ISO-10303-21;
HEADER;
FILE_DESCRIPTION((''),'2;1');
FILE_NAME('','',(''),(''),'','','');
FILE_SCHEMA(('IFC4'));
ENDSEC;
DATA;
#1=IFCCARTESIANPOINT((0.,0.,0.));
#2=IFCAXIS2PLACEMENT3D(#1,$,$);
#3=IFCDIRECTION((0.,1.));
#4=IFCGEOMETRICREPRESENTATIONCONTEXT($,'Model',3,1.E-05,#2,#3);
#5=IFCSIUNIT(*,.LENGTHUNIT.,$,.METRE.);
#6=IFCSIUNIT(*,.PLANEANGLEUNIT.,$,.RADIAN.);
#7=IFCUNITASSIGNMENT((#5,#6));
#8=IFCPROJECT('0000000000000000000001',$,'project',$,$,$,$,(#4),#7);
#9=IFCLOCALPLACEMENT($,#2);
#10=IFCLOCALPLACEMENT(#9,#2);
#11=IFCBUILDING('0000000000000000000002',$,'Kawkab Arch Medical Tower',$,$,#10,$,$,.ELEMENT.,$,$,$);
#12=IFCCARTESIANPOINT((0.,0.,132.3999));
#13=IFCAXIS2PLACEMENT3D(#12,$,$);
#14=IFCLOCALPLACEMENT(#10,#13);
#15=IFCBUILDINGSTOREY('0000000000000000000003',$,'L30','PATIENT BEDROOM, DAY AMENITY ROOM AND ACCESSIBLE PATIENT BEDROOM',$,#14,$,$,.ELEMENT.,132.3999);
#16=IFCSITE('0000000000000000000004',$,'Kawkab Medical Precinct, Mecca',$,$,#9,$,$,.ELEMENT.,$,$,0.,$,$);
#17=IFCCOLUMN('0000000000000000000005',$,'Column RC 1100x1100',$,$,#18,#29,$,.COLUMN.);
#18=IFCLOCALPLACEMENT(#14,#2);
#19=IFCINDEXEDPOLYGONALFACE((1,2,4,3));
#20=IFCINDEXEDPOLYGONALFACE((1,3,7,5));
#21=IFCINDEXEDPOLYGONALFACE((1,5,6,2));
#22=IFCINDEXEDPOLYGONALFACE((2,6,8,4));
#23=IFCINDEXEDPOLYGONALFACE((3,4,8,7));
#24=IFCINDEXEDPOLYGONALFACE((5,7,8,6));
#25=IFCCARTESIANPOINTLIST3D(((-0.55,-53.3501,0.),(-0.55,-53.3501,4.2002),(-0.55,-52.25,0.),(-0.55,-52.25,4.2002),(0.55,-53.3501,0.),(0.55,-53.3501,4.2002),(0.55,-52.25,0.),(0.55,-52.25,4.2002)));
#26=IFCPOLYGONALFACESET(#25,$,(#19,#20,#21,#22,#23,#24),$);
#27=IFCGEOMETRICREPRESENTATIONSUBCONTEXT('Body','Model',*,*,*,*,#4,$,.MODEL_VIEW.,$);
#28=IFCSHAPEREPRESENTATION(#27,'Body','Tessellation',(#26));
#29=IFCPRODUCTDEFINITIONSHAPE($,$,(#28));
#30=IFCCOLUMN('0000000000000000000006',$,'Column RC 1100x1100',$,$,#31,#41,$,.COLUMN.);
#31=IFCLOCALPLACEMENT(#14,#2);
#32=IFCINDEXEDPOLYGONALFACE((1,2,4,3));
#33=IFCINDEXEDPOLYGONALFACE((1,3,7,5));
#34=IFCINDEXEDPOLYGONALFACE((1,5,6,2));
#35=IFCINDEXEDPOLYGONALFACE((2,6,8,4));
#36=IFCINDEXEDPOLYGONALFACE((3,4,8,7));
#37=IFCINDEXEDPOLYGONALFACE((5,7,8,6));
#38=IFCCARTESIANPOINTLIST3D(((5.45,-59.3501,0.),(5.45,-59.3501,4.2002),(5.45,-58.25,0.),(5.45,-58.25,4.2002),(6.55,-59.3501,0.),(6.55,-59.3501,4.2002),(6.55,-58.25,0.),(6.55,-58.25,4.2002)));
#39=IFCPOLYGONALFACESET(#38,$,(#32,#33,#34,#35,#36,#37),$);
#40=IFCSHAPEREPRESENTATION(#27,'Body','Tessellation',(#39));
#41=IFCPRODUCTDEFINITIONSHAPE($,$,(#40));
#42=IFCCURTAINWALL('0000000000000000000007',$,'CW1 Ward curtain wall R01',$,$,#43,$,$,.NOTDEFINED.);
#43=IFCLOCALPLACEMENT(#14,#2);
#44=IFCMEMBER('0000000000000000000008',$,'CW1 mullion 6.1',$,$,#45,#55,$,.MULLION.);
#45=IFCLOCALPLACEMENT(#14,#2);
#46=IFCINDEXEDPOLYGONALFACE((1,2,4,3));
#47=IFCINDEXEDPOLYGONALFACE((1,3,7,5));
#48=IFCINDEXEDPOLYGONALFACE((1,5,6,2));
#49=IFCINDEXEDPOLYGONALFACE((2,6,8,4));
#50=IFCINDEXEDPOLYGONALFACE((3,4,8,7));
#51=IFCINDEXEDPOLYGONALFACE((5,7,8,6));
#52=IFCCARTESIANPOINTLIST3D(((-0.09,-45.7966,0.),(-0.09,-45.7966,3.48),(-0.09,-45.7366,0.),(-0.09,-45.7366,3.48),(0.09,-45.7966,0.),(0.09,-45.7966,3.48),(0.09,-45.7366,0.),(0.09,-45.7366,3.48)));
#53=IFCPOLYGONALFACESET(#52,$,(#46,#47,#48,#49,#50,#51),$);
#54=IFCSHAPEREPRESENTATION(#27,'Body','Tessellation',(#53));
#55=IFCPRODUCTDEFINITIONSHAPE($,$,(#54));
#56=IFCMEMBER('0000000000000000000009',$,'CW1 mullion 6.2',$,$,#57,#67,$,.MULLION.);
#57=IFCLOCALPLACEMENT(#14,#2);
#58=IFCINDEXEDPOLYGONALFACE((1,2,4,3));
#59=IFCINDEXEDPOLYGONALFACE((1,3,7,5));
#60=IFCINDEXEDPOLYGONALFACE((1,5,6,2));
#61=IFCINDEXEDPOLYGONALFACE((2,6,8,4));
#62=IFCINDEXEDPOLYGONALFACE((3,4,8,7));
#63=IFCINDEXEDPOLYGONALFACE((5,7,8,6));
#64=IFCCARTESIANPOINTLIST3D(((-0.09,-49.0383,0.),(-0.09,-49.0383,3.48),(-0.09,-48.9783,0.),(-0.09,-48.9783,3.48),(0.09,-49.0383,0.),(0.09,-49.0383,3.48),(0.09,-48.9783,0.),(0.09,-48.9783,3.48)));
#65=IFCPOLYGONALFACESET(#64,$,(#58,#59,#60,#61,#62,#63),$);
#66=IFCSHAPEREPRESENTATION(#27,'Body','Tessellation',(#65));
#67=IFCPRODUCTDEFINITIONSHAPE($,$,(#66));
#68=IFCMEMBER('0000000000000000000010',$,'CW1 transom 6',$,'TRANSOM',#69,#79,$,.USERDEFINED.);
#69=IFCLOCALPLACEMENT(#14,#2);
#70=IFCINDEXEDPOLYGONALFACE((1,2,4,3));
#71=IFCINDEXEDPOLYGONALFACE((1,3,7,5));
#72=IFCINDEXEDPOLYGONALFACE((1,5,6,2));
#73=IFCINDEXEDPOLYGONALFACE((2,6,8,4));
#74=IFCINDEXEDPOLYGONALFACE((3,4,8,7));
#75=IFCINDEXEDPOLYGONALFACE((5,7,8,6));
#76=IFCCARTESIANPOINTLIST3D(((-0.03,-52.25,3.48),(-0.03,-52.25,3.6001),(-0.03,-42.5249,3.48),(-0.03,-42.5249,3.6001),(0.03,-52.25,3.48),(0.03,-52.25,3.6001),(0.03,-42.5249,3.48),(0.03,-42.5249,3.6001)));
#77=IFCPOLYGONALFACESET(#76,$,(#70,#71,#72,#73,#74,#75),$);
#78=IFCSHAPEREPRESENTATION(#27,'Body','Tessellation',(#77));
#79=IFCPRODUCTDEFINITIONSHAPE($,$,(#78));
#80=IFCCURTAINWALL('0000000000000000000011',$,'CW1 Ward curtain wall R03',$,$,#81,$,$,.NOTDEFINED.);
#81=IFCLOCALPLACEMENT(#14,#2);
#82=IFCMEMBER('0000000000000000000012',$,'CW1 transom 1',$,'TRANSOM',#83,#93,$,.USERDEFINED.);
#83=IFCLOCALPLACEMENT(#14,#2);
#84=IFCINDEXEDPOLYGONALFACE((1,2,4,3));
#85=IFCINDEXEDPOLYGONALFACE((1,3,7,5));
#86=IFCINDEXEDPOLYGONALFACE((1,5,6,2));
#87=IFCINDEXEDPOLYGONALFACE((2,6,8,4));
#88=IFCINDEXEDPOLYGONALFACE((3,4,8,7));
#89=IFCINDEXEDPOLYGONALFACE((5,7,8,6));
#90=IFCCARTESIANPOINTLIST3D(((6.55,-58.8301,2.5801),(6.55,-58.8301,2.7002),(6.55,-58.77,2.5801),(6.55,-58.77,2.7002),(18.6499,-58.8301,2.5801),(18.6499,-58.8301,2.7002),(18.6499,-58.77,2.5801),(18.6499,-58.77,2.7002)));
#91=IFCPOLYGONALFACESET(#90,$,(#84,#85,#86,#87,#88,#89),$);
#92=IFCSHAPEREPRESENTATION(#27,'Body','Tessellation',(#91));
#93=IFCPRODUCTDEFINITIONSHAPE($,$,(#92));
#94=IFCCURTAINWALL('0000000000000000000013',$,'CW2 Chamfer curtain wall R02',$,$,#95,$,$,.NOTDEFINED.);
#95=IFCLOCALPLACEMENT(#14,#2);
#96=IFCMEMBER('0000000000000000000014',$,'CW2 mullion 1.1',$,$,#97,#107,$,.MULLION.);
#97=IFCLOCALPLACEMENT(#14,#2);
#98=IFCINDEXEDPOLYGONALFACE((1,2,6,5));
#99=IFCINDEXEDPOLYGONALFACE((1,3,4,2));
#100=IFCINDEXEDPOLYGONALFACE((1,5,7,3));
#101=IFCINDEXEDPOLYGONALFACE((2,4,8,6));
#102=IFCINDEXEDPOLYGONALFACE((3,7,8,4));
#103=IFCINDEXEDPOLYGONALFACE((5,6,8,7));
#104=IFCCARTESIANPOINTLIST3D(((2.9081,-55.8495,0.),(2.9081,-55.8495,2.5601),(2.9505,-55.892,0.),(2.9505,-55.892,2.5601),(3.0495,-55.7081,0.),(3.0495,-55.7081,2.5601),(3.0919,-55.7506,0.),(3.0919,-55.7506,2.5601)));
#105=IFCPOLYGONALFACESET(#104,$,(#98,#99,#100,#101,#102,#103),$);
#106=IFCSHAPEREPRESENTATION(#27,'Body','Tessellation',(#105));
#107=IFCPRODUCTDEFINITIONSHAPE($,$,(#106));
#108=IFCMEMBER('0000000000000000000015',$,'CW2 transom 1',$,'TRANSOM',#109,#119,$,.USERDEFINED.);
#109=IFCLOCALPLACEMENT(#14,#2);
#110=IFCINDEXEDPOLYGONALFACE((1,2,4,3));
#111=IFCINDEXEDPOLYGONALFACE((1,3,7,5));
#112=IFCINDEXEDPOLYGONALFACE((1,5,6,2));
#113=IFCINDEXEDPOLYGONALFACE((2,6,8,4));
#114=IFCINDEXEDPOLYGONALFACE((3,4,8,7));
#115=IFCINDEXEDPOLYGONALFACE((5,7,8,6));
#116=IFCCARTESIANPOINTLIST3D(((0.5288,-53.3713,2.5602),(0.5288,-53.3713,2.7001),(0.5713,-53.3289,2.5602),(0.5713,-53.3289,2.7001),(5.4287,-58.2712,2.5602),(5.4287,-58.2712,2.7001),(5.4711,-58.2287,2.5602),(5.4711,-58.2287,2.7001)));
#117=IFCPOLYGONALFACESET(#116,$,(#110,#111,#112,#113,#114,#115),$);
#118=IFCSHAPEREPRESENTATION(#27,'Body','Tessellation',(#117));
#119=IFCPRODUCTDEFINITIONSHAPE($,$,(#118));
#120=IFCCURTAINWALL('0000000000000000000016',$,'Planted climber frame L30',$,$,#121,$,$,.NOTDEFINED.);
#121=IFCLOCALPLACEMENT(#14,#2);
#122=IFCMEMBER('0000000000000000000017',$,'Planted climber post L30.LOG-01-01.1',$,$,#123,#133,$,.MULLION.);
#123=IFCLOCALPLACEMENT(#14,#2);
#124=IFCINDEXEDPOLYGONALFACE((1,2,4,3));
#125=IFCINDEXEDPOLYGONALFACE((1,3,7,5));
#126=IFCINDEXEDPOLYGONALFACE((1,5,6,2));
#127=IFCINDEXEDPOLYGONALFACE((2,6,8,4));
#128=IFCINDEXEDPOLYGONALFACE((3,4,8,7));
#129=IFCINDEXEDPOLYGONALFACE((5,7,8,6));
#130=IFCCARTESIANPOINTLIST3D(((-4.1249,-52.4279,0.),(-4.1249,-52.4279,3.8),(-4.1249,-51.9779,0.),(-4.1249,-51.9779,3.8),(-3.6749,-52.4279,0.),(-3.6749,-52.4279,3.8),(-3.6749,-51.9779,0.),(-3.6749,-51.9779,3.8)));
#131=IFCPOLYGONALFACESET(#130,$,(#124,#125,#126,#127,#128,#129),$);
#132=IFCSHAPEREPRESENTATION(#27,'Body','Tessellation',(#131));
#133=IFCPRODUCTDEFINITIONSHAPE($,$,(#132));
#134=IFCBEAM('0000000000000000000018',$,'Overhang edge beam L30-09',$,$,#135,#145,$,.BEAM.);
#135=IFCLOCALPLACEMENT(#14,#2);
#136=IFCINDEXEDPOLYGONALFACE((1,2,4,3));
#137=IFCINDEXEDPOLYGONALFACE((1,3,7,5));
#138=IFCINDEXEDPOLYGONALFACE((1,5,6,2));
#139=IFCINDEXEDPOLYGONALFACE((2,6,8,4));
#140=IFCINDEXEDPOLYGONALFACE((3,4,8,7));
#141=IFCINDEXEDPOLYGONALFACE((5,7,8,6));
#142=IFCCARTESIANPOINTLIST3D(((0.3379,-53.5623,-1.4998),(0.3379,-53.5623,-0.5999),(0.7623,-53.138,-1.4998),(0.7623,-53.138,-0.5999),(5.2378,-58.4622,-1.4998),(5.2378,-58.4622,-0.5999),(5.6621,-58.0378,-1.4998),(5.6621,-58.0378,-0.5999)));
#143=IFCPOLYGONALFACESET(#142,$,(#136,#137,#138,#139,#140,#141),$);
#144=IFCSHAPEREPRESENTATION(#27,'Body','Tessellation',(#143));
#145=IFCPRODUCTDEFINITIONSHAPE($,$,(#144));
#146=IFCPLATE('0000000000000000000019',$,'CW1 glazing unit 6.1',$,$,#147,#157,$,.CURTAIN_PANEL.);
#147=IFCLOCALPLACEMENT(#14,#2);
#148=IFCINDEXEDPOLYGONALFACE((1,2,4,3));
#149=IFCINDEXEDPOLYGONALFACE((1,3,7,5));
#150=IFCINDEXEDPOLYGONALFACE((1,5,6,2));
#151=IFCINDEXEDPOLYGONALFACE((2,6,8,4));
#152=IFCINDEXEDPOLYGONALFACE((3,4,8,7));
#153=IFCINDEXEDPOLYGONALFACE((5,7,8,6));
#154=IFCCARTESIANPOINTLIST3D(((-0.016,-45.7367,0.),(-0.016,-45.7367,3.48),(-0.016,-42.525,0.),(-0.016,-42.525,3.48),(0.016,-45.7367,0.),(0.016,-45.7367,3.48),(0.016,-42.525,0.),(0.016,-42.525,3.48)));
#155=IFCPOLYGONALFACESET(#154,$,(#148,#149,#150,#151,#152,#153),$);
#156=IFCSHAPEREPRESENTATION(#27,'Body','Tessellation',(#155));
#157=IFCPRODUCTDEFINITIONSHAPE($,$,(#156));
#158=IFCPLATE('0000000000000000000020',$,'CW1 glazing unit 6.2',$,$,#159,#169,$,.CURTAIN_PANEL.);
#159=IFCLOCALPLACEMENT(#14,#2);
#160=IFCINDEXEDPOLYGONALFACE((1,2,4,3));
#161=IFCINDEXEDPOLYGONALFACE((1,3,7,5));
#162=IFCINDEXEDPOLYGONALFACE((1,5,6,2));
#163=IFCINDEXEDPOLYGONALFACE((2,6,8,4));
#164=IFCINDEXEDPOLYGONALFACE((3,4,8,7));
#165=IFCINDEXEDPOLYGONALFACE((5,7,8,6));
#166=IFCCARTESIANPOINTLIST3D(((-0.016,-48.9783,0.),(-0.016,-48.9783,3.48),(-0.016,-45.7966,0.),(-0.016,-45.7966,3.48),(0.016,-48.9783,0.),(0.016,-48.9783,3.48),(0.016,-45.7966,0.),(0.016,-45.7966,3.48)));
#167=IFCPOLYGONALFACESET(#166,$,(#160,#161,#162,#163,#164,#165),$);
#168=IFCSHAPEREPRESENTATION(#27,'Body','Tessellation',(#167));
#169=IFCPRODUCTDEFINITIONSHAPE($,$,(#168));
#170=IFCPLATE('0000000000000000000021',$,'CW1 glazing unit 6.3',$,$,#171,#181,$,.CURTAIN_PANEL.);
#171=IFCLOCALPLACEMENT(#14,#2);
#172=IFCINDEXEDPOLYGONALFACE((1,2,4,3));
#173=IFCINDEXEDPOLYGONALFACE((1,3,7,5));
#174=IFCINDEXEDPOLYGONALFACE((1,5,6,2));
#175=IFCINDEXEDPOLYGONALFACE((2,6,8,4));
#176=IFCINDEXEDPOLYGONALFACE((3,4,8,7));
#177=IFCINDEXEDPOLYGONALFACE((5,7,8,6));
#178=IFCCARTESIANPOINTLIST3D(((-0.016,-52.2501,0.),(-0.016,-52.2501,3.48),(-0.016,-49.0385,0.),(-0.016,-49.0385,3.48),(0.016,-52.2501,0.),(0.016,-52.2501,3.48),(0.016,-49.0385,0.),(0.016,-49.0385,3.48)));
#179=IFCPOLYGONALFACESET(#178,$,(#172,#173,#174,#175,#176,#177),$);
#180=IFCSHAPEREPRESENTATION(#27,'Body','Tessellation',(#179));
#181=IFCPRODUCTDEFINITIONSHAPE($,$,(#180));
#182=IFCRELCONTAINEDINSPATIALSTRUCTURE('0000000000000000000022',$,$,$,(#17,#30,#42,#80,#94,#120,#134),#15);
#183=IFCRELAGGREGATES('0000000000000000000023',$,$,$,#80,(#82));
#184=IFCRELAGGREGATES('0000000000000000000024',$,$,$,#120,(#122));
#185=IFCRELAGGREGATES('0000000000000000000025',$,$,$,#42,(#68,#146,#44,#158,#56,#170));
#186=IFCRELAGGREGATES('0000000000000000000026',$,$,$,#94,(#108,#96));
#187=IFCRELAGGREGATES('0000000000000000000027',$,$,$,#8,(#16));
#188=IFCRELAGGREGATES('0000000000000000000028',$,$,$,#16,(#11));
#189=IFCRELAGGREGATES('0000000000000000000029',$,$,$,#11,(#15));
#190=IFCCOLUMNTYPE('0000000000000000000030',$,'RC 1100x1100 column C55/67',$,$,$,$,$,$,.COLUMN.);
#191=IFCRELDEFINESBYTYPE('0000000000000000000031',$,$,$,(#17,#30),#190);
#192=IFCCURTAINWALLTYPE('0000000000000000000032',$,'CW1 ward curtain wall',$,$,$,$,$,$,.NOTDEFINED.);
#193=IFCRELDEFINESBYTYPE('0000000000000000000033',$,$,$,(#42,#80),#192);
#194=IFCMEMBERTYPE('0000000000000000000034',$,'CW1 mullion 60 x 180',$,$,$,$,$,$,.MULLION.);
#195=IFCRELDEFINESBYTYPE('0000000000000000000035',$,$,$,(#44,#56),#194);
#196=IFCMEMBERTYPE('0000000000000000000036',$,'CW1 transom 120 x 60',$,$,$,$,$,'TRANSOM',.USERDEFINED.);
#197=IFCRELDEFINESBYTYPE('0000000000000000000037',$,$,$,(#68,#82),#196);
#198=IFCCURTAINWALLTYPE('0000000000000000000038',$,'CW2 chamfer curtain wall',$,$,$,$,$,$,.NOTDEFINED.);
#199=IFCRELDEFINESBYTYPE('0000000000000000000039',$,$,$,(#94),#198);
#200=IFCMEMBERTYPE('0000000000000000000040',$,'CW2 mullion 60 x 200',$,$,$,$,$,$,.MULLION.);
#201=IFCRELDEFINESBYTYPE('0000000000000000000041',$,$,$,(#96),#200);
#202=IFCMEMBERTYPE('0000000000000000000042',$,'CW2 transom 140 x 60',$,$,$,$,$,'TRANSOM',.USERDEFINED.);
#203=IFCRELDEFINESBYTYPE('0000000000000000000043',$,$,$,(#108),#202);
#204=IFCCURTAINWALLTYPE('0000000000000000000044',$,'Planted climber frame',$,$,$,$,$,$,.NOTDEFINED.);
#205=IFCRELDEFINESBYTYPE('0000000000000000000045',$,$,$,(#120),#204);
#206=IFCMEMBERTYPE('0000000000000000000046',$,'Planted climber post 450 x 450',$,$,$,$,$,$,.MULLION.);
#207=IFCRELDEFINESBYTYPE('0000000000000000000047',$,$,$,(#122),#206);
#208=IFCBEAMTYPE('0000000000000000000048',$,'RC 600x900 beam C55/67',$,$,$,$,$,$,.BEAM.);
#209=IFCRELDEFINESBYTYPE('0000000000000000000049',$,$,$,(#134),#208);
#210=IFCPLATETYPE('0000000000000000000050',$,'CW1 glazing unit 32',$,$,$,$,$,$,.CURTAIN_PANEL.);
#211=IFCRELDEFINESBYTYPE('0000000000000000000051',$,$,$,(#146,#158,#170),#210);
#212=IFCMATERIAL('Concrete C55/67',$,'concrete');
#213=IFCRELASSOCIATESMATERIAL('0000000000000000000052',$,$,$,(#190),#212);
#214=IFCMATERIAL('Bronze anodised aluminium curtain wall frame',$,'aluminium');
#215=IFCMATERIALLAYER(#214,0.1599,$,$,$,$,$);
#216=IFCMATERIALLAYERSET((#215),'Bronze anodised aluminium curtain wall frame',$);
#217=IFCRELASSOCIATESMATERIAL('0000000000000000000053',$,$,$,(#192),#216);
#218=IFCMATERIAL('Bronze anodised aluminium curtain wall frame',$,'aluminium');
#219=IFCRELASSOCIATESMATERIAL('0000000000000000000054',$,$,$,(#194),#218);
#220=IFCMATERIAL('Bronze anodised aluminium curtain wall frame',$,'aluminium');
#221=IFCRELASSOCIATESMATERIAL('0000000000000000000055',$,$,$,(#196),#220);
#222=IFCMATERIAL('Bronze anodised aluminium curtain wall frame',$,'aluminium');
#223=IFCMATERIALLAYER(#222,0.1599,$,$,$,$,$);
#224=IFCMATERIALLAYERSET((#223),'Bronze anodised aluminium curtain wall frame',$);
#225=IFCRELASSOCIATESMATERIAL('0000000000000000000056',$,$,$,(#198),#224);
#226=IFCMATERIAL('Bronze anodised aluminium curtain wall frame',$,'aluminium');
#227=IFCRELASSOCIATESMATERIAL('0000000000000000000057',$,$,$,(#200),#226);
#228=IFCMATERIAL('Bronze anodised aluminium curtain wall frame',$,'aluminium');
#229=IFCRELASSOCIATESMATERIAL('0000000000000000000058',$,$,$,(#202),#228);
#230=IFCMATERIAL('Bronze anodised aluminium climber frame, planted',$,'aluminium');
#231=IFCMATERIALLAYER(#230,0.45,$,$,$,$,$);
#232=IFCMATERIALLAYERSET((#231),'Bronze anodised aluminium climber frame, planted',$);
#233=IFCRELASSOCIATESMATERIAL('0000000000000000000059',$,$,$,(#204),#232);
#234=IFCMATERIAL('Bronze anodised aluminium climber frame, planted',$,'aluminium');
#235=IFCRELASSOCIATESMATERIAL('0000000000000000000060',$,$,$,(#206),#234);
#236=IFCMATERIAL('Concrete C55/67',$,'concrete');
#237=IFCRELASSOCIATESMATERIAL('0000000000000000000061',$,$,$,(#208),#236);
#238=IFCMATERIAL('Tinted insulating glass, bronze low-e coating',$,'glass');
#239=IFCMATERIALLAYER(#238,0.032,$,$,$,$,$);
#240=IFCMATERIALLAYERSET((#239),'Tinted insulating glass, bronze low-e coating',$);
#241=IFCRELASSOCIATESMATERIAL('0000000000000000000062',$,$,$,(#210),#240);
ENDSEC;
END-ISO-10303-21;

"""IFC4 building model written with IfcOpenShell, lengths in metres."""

from ifc_helpers import new_model, si_unit, direction, frame, origin, origin_2d, place, context, subcontext, project, spatial, rectangle, extrude, material, layer, layer_set, material_profile, profile_set, type_object, element, aggregate, save


model = new_model("IFC4")

# Units and contexts
model_context = context("Model", 3, precision=1e-05, world=origin(), true_north=direction((0.0, 1.0)))
body_context = subcontext(model_context, "Body", "Model", "MODEL_VIEW")
ifc_project = project(units=[si_unit("LENGTHUNIT", "METRE"), si_unit("PLANEANGLEUNIT", "RADIAN")], contexts=[model_context])

# Site, building, storey
site_placement = place(None, origin())
site = spatial("IfcSite", under=ifc_project, at=site_placement, Name="Kawkab Medical Precinct, Mecca", CompositionType="ELEMENT", RefElevation=0.0)
building_placement = place(site_placement, origin())
building = spatial("IfcBuilding", under=site, at=building_placement, Name="Kawkab Arch Medical Tower", CompositionType="ELEMENT")
storey_placement = place(building_placement, frame((0.0, 0.0, 132.3999)))
storey = spatial("IfcBuildingStorey", under=building, at=storey_placement, Name="L30", Description="PATIENT BEDROOM, DAY AMENITY ROOM AND ACCESSIBLE PATIENT BEDROOM", CompositionType="ELEMENT", Elevation=132.3999)

# Columns
ifc_material_1 = material(Name="Concrete C55/67", Category="concrete")
ifc_material_profile_1 = material_profile(ifc_material_1, rectangle(XDim=1.1001, YDim=1.1001, at=origin_2d()), Name="RC 1100x1100")
ifc_profile_set_1 = profile_set([ifc_material_profile_1], Name="Concrete C55/67")
column_type = type_object("IfcColumnType", Name="RC 1100x1100 column C55/67", PredefinedType="COLUMN", material=ifc_profile_set_1)
for number, where, z_axis, x_axis, name in (
    (1, (0.0, -52.8, 0.0), (0.0, 0.0, 1.0), (1.0, 0.0, 0.0), "Column RC 1100x1100"),
    (2, (6.0, -58.8, 0.0), (0.0, 0.0, 1.0), (1.0, 0.0, 0.0), "Column RC 1100x1100"),
):
    element("IfcColumn", number, at=place(storey_placement, frame(where, z_axis=z_axis, x_axis=x_axis)), inside=storey, type_object=column_type, Name=name, PredefinedType="COLUMN", context=body_context, shape_type="SweptSolid", body=[
        extrude(rectangle(XDim=1.1001, YDim=1.1001, at=origin_2d()), origin(), (0.0, 0.0, 1.0), 4.2002),
    ])

# Curtain wall, members
ifc_material_2 = material(Name="Bronze anodised aluminium curtain wall frame", Category="aluminium")
ifc_layer_1 = layer(ifc_material_2, 0.1599)
ifc_layer_set_1 = layer_set([ifc_layer_1], Name="Bronze anodised aluminium curtain wall frame")
curtain_wall_type_1 = type_object("IfcCurtainWallType", Name="CW1 ward curtain wall", PredefinedType="NOTDEFINED", material=ifc_layer_set_1)
placement = place(storey_placement, origin())
curtain_wall_1 = element("IfcCurtainWall", 3, at=placement, inside=storey, type_object=curtain_wall_type_1, Name="CW1 Ward curtain wall R01", PredefinedType="NOTDEFINED")
ifc_material_3 = material(Name="Bronze anodised aluminium curtain wall frame", Category="aluminium")
ifc_material_profile_2 = material_profile(ifc_material_3, rectangle(XDim=0.1799, YDim=0.0601, at=origin_2d()), Name="AL 60x180")
ifc_profile_set_2 = profile_set([ifc_material_profile_2], Name="Bronze anodised aluminium curtain wall frame")
member_type_1 = type_object("IfcMemberType", Name="CW1 mullion 60 x 180", PredefinedType="MULLION", material=ifc_profile_set_2)
member_1_placement = place(storey_placement, frame((0.0, -45.7666, 0.0), z_axis=(0.0, 0.0, 1.0), x_axis=(1.0, 0.0, 0.0)))
member_1 = element("IfcMember", 4, at=member_1_placement, type_object=member_type_1, Name="CW1 mullion 6.1", PredefinedType="MULLION", context=body_context, shape_type="SweptSolid", body=[
    extrude(rectangle(XDim=0.1799, YDim=0.0601, at=origin_2d()), origin(), (0.0, 0.0, 1.0), 3.48),
])
member_2_placement = place(storey_placement, frame((0.0, -49.0083, 0.0), z_axis=(0.0, 0.0, 1.0), x_axis=(1.0, 0.0, 0.0)))
member_2 = element("IfcMember", 5, at=member_2_placement, type_object=member_type_1, Name="CW1 mullion 6.2", PredefinedType="MULLION", context=body_context, shape_type="SweptSolid", body=[
    extrude(rectangle(XDim=0.1799, YDim=0.0601, at=origin_2d()), origin(), (0.0, 0.0, 1.0), 3.48),
])
ifc_material_4 = material(Name="Bronze anodised aluminium curtain wall frame", Category="aluminium")
ifc_material_profile_3 = material_profile(ifc_material_4, rectangle(XDim=0.0601, YDim=0.1201, at=origin_2d()), Name="AL 60x120")
ifc_profile_set_3 = profile_set([ifc_material_profile_3], Name="Bronze anodised aluminium curtain wall frame")
member_type_2 = type_object("IfcMemberType", Name="CW1 transom 120 x 60", ElementType="TRANSOM", PredefinedType="USERDEFINED", material=ifc_profile_set_3)
member_3_placement = place(storey_placement, frame((0.0, -42.5249, 3.54), z_axis=(0.0, -1.0, 0.0), x_axis=(1.0, 0.0, 0.0)))
member_3 = element("IfcMember", 6, at=member_3_placement, type_object=member_type_2, Name="CW1 transom 6", ObjectType="TRANSOM", PredefinedType="USERDEFINED", context=body_context, shape_type="SweptSolid", body=[
    extrude(rectangle(XDim=0.0601, YDim=0.1201, at=origin_2d()), origin(), (0.0, 0.0, 1.0), 9.7251),
])

# Curtain wall, member
curtain_wall_2 = element("IfcCurtainWall", 7, at=placement, inside=storey, type_object=curtain_wall_type_1, Name="CW1 Ward curtain wall R03", PredefinedType="NOTDEFINED")
member_4_placement = place(storey_placement, frame((6.55, -58.8, 2.6401), z_axis=(1.0, 0.0, 0.0), x_axis=(0.0, 1.0, 0.0)))
member_4 = element("IfcMember", 8, at=member_4_placement, type_object=member_type_2, Name="CW1 transom 1", ObjectType="TRANSOM", PredefinedType="USERDEFINED", context=body_context, shape_type="SweptSolid", body=[
    extrude(rectangle(XDim=0.0601, YDim=0.1201, at=origin_2d()), origin(), (0.0, 0.0, 1.0), 12.0999),
])
aggregate(curtain_wall_2, [member_4])

# Curtain wall, members
ifc_material_5 = material(Name="Bronze anodised aluminium curtain wall frame", Category="aluminium")
ifc_layer_2 = layer(ifc_material_5, 0.1599)
ifc_layer_set_2 = layer_set([ifc_layer_2], Name="Bronze anodised aluminium curtain wall frame")
curtain_wall_type_2 = type_object("IfcCurtainWallType", Name="CW2 chamfer curtain wall", PredefinedType="NOTDEFINED", material=ifc_layer_set_2)
curtain_wall_3 = element("IfcCurtainWall", 9, at=placement, inside=storey, type_object=curtain_wall_type_2, Name="CW2 Chamfer curtain wall R02", PredefinedType="NOTDEFINED")
ifc_material_6 = material(Name="Bronze anodised aluminium curtain wall frame", Category="aluminium")
ifc_material_profile_4 = material_profile(ifc_material_6, rectangle(XDim=0.2, YDim=0.0601, at=origin_2d()), Name="AL 60x200")
ifc_profile_set_4 = profile_set([ifc_material_profile_4], Name="Bronze anodised aluminium curtain wall frame")
member_type_3 = type_object("IfcMemberType", Name="CW2 mullion 60 x 200", PredefinedType="MULLION", material=ifc_profile_set_4)
member_5_placement = place(storey_placement, frame((3.0, -55.8, 0.0), z_axis=(0.0, 0.0, 1.0), x_axis=(0.707107, 0.707107, 0.0)))
member_5 = element("IfcMember", 10, at=member_5_placement, type_object=member_type_3, Name="CW2 mullion 1.1", PredefinedType="MULLION", context=body_context, shape_type="SweptSolid", body=[
    extrude(rectangle(XDim=0.2, YDim=0.0601, at=origin_2d()), origin(), (0.0, 0.0, 1.0), 2.5601),
])
ifc_material_7 = material(Name="Bronze anodised aluminium curtain wall frame", Category="aluminium")
ifc_material_profile_5 = material_profile(ifc_material_7, rectangle(XDim=0.0601, YDim=0.1399, at=origin_2d()), Name="AL 60x140")
ifc_profile_set_5 = profile_set([ifc_material_profile_5], Name="Bronze anodised aluminium curtain wall frame")
member_type_4 = type_object("IfcMemberType", Name="CW2 transom 140 x 60", ElementType="TRANSOM", PredefinedType="USERDEFINED", material=ifc_profile_set_5)
member_6_placement = place(storey_placement, frame((0.55, -53.3501, 2.6301), z_axis=(0.707107, -0.707107, 0.0), x_axis=(0.707107, 0.707107, 0.0)))
member_6 = element("IfcMember", 11, at=member_6_placement, type_object=member_type_4, Name="CW2 transom 1", ObjectType="TRANSOM", PredefinedType="USERDEFINED", context=body_context, shape_type="SweptSolid", body=[
    extrude(rectangle(XDim=0.0601, YDim=0.1399, at=origin_2d()), origin(), (0.0, 0.0, 1.0), 6.9294),
])

# Curtain wall, member
ifc_material_8 = material(Name="Bronze anodised aluminium climber frame, planted", Category="aluminium")
ifc_layer_3 = layer(ifc_material_8, 0.45)
ifc_layer_set_3 = layer_set([ifc_layer_3], Name="Bronze anodised aluminium climber frame, planted")
curtain_wall_type_3 = type_object("IfcCurtainWallType", Name="Planted climber frame", PredefinedType="NOTDEFINED", material=ifc_layer_set_3)
curtain_wall_4 = element("IfcCurtainWall", 12, at=placement, inside=storey, type_object=curtain_wall_type_3, Name="Planted climber frame L30", PredefinedType="NOTDEFINED")
ifc_material_9 = material(Name="Bronze anodised aluminium climber frame, planted", Category="aluminium")
ifc_material_profile_6 = material_profile(ifc_material_9, rectangle(XDim=0.45, YDim=0.45, at=origin_2d()), Name="Post 450x450")
ifc_profile_set_6 = profile_set([ifc_material_profile_6], Name="Bronze anodised aluminium climber frame, planted")
member_type_5 = type_object("IfcMemberType", Name="Planted climber post 450 x 450", PredefinedType="MULLION", material=ifc_profile_set_6)
member_7_placement = place(storey_placement, frame((-3.8999, -52.2029, 0.0), z_axis=(0.0, 0.0, 1.0), x_axis=(1.0, 0.0, 0.0)))
member_7 = element("IfcMember", 13, at=member_7_placement, type_object=member_type_5, Name="Planted climber post L30.LOG-01-01.1", PredefinedType="MULLION", context=body_context, shape_type="SweptSolid", body=[
    extrude(rectangle(XDim=0.45, YDim=0.45, at=origin_2d()), origin(), (0.0, 0.0, 1.0), 3.8),
])
aggregate(curtain_wall_4, [member_7])

# Beam
ifc_material_10 = material(Name="Concrete C55/67", Category="concrete")
ifc_material_profile_7 = material_profile(ifc_material_10, rectangle(XDim=0.6001, YDim=0.8999, at=origin_2d()), Name="RC 600x900")
ifc_profile_set_7 = profile_set([ifc_material_profile_7], Name="Concrete C55/67")
beam_type = type_object("IfcBeamType", Name="RC 600x900 beam C55/67", PredefinedType="BEAM", material=ifc_profile_set_7)
beam_placement = place(storey_placement, frame((5.45, -58.25, -1.0498), z_axis=(-0.707107, 0.707107, 0.0), x_axis=(-0.707107, -0.707107, 0.0)))
element("IfcBeam", 14, at=beam_placement, inside=storey, type_object=beam_type, Name="Overhang edge beam L30-09", PredefinedType="BEAM", context=body_context, shape_type="SweptSolid", body=[
    extrude(rectangle(XDim=0.6001, YDim=0.8999, at=origin_2d()), origin(), (0.0, 0.0, 1.0), 6.9294),
])

# Plates
ifc_material_11 = material(Name="Tinted insulating glass, bronze low-e coating", Category="glass")
ifc_layer_4 = layer(ifc_material_11, 0.032)
ifc_layer_set_4 = layer_set([ifc_layer_4], Name="Tinted insulating glass, bronze low-e coating")
plate_type_1 = type_object("IfcPlateType", Name="CW1 glazing unit 32", PredefinedType="CURTAIN_PANEL", material=ifc_layer_set_4)
plate_1_placement = place(storey_placement, frame((0.0, -44.1309, 0.0), z_axis=(0.0, 0.0, 1.0), x_axis=(0.0, -1.0, 0.0)))
plate_1 = element("IfcPlate", 15, at=plate_1_placement, type_object=plate_type_1, Name="CW1 glazing unit 6.1", PredefinedType="CURTAIN_PANEL", context=body_context, shape_type="SweptSolid", body=[
    extrude(rectangle(XDim=3.2117, YDim=0.032, at=origin_2d()), origin(), (0.0, 0.0, 1.0), 3.48),
])
plate_2_placement = place(storey_placement, frame((0.0, -47.3875, 0.0), z_axis=(0.0, 0.0, 1.0), x_axis=(0.0, -1.0, 0.0)))
plate_2 = element("IfcPlate", 16, at=plate_2_placement, type_object=plate_type_1, Name="CW1 glazing unit 6.2", PredefinedType="CURTAIN_PANEL", context=body_context, shape_type="SweptSolid", body=[
    extrude(rectangle(XDim=3.1816, YDim=0.032, at=origin_2d()), origin(), (0.0, 0.0, 1.0), 3.48),
])
plate_3_placement = place(storey_placement, frame((0.0, -50.6443, 0.0), z_axis=(0.0, 0.0, 1.0), x_axis=(0.0, -1.0, 0.0)))
plate_3 = element("IfcPlate", 17, at=plate_3_placement, type_object=plate_type_1, Name="CW1 glazing unit 6.3", PredefinedType="CURTAIN_PANEL", context=body_context, shape_type="SweptSolid", body=[
    extrude(rectangle(XDim=3.2117, YDim=0.032, at=origin_2d()), origin(), (0.0, 0.0, 1.0), 3.48),
])
aggregate(curtain_wall_1, [member_3, plate_1, member_1, plate_2, member_2, plate_3])
aggregate(curtain_wall_3, [member_6, member_5])

save(model, "model.ifc")
